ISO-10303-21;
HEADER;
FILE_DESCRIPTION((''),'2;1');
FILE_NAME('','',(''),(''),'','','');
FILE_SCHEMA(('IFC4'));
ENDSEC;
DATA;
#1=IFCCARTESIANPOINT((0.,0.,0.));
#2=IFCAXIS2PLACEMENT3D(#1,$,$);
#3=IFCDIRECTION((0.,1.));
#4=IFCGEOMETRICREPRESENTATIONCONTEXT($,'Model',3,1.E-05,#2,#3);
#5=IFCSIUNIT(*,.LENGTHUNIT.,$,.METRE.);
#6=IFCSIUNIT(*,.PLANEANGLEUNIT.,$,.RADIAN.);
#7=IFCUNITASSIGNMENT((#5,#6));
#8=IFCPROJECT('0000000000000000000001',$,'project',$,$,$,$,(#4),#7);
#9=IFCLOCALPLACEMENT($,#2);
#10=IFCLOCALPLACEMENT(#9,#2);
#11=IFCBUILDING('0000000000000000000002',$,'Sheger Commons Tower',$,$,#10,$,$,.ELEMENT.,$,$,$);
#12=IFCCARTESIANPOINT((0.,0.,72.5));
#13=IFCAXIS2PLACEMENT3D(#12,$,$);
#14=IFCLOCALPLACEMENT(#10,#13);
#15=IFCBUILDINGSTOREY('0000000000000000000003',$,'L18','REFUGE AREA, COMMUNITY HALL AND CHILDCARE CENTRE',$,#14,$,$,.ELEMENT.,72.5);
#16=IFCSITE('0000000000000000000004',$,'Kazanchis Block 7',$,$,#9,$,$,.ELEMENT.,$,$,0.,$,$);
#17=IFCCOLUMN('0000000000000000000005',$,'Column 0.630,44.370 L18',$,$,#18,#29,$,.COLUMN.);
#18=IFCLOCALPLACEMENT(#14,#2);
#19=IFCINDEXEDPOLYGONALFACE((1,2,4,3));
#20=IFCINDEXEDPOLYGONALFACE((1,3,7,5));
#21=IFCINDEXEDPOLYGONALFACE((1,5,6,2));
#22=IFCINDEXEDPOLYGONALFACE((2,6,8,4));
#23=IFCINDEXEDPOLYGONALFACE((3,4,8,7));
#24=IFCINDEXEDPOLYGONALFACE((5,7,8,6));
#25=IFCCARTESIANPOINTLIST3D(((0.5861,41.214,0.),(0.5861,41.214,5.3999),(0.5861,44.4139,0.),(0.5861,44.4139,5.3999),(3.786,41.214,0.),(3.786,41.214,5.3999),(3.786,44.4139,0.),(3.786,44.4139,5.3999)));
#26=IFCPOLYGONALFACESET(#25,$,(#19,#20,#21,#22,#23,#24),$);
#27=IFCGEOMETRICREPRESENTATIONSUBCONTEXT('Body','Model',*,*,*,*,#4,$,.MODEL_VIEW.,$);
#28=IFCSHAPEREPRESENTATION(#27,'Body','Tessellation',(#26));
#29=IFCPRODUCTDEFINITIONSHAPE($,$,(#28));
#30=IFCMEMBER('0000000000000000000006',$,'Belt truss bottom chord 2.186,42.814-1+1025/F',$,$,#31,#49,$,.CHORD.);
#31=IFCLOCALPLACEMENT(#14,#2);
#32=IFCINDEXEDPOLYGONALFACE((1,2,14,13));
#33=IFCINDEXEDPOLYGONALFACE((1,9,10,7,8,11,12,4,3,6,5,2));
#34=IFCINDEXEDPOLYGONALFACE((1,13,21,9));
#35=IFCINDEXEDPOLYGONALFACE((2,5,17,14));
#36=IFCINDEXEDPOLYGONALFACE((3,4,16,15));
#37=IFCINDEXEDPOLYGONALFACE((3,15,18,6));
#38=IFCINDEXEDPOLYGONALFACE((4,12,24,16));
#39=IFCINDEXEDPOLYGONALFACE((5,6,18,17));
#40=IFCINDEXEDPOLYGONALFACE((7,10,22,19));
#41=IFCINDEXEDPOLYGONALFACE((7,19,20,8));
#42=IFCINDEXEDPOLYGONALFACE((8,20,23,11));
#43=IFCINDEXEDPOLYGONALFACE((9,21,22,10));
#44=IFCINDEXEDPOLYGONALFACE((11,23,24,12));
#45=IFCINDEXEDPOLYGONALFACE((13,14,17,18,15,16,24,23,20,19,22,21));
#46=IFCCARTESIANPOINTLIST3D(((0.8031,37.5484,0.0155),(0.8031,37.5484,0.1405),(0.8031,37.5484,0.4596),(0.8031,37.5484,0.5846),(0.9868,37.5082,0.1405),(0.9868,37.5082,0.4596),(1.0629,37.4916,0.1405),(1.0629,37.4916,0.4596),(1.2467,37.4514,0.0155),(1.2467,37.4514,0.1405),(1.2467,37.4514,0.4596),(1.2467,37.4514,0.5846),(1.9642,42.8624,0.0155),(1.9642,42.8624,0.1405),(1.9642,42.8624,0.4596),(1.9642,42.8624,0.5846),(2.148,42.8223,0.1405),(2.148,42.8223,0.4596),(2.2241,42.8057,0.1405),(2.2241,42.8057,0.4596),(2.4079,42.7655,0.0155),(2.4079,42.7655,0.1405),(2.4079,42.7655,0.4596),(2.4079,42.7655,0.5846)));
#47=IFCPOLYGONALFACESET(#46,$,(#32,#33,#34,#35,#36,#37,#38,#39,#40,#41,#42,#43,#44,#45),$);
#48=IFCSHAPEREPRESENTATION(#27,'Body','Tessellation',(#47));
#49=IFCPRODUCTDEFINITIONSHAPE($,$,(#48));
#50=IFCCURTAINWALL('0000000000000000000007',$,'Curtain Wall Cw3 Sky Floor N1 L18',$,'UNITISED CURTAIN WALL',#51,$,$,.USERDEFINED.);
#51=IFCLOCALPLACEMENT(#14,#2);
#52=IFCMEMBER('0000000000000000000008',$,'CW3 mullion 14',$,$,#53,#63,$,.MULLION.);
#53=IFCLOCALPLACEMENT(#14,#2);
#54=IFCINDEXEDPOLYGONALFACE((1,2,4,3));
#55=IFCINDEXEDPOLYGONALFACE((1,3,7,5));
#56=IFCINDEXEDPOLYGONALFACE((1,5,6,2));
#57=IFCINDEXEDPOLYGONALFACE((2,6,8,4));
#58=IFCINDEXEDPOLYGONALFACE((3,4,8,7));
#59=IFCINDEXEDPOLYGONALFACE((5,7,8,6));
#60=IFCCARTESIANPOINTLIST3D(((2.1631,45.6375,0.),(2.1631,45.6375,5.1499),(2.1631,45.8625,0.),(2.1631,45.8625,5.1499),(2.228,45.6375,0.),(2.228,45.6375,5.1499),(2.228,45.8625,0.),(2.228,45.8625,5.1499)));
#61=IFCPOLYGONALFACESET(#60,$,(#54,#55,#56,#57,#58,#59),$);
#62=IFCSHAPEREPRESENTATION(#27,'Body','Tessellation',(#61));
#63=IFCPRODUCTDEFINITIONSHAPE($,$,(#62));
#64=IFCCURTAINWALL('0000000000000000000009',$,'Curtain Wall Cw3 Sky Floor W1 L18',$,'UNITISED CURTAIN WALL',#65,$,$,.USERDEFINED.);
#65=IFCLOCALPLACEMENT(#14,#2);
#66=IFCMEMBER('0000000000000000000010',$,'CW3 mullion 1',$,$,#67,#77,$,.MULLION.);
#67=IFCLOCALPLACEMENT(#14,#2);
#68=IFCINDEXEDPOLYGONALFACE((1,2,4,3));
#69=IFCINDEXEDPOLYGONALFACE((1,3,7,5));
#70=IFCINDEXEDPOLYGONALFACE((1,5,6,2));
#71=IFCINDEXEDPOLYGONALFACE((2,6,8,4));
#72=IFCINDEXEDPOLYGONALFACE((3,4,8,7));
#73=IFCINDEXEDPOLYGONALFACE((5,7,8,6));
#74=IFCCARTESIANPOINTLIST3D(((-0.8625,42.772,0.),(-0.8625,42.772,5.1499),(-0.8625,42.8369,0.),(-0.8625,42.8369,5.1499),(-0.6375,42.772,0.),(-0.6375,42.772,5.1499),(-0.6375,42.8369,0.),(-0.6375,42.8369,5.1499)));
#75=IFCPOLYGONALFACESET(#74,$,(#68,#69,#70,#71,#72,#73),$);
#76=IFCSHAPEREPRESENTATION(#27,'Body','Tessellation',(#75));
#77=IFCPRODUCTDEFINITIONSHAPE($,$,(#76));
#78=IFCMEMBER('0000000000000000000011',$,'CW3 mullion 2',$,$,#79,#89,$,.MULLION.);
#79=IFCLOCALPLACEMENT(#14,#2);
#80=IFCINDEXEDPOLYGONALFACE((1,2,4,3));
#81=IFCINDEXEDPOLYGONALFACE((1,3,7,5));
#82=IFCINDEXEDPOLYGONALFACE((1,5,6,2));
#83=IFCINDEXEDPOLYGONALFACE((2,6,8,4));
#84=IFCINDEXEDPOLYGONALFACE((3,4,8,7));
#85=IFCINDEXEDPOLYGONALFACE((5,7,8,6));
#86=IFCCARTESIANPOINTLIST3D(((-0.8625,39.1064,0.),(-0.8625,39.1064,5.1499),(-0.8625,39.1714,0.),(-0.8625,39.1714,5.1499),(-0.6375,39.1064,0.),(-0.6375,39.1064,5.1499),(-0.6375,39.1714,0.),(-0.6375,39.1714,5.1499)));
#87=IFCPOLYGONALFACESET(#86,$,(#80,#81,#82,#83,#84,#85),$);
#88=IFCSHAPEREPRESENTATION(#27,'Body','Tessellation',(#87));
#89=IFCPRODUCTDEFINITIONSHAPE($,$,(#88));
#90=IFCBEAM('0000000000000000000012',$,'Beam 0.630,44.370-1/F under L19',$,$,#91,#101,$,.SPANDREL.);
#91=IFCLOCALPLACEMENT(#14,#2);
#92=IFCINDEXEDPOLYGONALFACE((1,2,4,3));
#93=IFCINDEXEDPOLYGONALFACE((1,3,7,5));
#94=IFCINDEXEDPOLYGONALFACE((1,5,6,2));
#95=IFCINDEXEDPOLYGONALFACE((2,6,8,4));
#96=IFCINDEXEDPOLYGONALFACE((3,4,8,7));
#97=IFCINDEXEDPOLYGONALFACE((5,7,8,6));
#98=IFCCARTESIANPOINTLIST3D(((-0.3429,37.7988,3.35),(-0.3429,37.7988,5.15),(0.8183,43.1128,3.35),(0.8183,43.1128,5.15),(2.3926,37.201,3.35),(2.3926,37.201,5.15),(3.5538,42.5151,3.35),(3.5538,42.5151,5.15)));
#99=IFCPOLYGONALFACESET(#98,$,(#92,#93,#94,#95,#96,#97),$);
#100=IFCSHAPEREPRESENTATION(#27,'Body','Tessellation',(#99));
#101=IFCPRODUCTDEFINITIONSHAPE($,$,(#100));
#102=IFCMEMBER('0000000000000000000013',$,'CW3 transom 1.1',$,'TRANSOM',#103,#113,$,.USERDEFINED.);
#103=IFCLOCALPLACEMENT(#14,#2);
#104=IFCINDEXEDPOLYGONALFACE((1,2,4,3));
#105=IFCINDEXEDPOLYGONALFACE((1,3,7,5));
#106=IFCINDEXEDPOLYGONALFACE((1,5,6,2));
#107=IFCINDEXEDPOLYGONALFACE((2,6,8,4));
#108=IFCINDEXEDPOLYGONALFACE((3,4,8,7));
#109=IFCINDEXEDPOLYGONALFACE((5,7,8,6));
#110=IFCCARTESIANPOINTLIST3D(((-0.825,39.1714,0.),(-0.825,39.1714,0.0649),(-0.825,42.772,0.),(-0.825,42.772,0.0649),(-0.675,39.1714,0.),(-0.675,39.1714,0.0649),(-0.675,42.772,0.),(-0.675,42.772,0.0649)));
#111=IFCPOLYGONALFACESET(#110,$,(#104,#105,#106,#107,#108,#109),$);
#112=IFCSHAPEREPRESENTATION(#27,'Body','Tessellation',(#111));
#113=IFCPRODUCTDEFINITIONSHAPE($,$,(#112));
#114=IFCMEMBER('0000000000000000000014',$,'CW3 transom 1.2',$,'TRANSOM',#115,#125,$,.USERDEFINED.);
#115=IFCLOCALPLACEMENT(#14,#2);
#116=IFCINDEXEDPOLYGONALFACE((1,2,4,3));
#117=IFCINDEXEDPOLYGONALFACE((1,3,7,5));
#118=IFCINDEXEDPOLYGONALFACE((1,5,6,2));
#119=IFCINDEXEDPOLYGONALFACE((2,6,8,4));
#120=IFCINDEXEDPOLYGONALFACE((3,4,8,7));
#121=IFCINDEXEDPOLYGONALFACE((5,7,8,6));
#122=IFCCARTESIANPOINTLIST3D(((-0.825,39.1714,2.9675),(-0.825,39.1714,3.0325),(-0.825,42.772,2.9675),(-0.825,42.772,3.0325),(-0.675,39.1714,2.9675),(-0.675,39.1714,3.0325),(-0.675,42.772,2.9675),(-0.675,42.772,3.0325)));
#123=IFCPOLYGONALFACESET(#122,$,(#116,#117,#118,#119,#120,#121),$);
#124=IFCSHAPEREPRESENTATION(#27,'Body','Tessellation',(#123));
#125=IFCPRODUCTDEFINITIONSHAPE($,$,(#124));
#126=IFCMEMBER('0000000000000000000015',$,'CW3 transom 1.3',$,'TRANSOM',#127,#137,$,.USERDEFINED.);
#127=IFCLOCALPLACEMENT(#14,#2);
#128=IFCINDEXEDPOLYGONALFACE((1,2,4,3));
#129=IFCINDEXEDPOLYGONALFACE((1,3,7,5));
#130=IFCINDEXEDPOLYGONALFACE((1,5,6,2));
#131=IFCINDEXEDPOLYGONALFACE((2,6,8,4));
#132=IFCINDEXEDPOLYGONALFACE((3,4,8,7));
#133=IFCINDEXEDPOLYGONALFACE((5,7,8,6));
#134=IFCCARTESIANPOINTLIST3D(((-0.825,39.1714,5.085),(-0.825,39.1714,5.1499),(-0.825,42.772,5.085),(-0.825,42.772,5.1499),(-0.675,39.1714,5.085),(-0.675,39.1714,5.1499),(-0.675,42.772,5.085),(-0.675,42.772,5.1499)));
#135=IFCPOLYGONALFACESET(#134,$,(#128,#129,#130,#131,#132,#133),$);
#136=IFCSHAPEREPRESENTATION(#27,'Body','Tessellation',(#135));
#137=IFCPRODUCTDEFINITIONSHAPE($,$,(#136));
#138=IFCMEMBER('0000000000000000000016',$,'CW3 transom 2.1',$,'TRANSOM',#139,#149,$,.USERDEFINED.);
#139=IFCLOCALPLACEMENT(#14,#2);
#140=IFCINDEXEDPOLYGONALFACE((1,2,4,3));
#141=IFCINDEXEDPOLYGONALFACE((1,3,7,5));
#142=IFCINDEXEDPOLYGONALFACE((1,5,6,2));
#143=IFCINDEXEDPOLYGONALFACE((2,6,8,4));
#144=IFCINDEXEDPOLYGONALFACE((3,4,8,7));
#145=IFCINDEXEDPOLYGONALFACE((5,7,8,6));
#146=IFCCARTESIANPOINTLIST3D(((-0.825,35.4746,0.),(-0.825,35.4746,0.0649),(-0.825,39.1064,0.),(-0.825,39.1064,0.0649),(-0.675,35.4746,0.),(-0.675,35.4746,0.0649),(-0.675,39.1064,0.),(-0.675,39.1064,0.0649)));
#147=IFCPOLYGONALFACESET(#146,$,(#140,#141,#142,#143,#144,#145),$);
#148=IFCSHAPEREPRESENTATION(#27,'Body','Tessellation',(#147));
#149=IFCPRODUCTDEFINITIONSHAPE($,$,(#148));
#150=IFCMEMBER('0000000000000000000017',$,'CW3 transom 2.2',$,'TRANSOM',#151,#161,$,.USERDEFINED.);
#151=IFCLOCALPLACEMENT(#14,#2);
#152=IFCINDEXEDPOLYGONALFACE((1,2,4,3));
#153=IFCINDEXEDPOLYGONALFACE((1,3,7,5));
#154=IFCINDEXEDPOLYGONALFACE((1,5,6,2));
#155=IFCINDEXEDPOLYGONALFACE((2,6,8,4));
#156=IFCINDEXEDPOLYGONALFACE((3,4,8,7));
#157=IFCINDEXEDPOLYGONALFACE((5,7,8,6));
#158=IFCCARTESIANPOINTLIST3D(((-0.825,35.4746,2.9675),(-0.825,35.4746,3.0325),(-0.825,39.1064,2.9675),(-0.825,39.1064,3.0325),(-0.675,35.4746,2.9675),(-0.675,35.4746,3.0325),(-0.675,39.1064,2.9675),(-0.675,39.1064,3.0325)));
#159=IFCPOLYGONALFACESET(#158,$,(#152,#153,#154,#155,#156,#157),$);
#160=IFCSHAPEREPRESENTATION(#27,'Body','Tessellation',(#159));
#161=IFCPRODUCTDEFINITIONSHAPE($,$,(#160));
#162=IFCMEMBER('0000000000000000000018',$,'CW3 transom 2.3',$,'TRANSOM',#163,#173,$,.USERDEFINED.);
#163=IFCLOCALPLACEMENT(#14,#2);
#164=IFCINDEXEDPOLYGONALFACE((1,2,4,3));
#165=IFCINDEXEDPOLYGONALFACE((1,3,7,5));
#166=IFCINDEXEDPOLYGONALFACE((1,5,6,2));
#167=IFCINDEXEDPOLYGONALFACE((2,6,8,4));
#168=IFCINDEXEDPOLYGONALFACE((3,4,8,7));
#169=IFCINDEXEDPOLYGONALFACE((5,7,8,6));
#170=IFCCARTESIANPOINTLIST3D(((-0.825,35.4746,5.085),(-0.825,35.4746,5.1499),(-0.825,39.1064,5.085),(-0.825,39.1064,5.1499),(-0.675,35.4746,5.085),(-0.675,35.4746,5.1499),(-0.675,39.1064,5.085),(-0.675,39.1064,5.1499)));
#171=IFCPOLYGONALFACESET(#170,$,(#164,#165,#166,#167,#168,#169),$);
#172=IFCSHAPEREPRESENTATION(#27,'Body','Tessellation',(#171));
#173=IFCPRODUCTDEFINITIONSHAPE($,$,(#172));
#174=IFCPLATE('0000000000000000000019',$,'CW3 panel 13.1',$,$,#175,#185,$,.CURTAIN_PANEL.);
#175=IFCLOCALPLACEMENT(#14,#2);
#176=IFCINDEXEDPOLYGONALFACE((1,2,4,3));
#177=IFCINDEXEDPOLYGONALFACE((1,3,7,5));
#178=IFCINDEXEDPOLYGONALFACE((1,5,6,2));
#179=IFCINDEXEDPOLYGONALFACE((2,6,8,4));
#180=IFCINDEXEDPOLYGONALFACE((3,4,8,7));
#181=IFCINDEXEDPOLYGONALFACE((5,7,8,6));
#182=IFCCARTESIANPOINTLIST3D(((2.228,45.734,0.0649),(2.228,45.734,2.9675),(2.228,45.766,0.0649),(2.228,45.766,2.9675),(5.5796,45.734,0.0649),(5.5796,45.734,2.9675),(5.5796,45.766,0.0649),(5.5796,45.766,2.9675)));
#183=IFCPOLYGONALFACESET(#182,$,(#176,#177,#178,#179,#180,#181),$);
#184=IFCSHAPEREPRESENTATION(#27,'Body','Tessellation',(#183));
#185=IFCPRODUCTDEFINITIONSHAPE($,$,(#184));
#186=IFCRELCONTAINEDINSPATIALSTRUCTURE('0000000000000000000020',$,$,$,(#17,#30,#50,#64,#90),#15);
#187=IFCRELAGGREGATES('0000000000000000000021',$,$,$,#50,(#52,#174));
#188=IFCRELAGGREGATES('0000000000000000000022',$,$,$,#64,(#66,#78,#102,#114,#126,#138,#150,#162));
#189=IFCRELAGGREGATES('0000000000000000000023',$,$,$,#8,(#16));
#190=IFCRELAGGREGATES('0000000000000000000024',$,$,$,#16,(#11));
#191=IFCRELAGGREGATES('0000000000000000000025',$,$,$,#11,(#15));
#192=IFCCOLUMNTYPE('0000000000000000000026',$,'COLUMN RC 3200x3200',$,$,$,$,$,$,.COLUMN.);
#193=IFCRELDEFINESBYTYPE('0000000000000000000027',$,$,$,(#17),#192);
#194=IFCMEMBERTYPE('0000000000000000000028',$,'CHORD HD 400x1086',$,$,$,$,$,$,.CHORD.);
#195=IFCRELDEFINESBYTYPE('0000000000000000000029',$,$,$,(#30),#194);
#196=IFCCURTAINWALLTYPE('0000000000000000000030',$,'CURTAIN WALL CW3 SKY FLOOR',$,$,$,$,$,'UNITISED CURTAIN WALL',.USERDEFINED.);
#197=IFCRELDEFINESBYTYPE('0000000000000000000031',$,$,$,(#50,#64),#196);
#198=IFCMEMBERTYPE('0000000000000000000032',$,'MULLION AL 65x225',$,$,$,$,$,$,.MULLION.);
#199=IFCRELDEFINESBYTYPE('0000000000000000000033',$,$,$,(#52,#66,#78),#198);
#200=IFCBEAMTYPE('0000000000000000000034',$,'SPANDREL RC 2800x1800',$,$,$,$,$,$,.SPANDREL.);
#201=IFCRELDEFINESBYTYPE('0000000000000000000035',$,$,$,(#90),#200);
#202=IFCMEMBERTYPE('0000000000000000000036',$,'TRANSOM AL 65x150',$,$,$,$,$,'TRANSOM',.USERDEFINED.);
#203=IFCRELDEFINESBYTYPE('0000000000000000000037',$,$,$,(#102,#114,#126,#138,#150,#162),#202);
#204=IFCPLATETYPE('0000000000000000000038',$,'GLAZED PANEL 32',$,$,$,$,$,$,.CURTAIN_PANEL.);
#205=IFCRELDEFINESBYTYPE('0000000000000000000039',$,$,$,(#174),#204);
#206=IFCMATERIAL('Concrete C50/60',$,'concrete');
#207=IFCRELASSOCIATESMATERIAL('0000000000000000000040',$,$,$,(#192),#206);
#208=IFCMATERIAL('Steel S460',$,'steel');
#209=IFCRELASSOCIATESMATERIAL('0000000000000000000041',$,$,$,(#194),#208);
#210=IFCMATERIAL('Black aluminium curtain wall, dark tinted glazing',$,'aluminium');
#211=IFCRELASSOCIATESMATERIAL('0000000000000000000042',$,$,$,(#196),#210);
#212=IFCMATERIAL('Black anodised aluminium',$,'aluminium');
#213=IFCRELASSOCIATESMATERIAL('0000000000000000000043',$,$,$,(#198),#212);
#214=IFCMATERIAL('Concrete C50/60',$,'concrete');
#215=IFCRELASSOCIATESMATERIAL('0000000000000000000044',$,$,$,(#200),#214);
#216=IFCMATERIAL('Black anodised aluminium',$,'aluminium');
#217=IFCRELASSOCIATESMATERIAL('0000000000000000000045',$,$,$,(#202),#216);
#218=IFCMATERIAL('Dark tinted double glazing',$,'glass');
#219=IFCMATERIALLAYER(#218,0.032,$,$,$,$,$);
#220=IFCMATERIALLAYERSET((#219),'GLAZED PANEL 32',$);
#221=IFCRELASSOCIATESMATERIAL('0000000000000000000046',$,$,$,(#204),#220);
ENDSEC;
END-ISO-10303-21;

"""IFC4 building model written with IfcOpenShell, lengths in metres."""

from ifc_helpers import new_model, si_unit, direction, frame, origin, origin_2d, place, context, subcontext, project, spatial, rectangle, i_section, extrude, material, layer, layer_set, material_profile, profile_set, type_object, element, aggregate, save


model = new_model("IFC4")

# Units and contexts
model_context = context("Model", 3, precision=1e-05, world=origin(), true_north=direction((0.0, 1.0)))
body_context = subcontext(model_context, "Body", "Model", "MODEL_VIEW")
ifc_project = project(units=[si_unit("LENGTHUNIT", "METRE"), si_unit("PLANEANGLEUNIT", "RADIAN")], contexts=[model_context])

# Site, building, storey
site_placement = place(None, origin())
site = spatial("IfcSite", under=ifc_project, at=site_placement, Name="Kazanchis Block 7", CompositionType="ELEMENT", RefElevation=0.0)
building_placement = place(site_placement, origin())
building = spatial("IfcBuilding", under=site, at=building_placement, Name="Sheger Commons Tower", CompositionType="ELEMENT")
storey_placement = place(building_placement, frame((0.0, 0.0, 72.5)))
storey = spatial("IfcBuildingStorey", under=building, at=storey_placement, Name="L18", Description="REFUGE AREA, COMMUNITY HALL AND CHILDCARE CENTRE", CompositionType="ELEMENT", Elevation=72.5)

# Column
ifc_material_1 = material(Name="Concrete C50/60", Category="concrete")
ifc_material_profile_1 = material_profile(ifc_material_1, rectangle(XDim=3.2, YDim=3.2, at=origin_2d()), Name="RC 3200x3200")
ifc_profile_set_1 = profile_set([ifc_material_profile_1], Name="Concrete C50/60")
column_type = type_object("IfcColumnType", Name="COLUMN RC 3200x3200", PredefinedType="COLUMN", material=ifc_profile_set_1)
column_placement = place(storey_placement, frame((2.186, 42.814, 0.0), z_axis=(0.0, 0.0, 1.0), x_axis=(1.0, 0.0, 0.0)))
element("IfcColumn", 1, at=column_placement, inside=storey, type_object=column_type, Name="Column 0.630,44.370 L18", PredefinedType="COLUMN", context=body_context, shape_type="SweptSolid", body=[
    extrude(rectangle(XDim=3.2, YDim=3.2, at=origin_2d()), origin(), (0.0, 0.0, 1.0), 5.3999),
])

# Member
ifc_material_2 = material(Name="Steel S460", Category="steel")
ifc_material_profile_2 = material_profile(ifc_material_2, i_section(OverallWidth=0.4541, OverallDepth=0.5691, WebThickness=0.0779, FlangeThickness=0.125, at=origin_2d()), Name="HD 400x1086")
ifc_profile_set_2 = profile_set([ifc_material_profile_2], Name="Steel S460")
member_type_1 = type_object("IfcMemberType", Name="CHORD HD 400x1086", PredefinedType="CHORD", material=ifc_profile_set_2)
member_1_placement = place(storey_placement, frame((2.186, 42.814, 0.3), z_axis=(-0.213469, -0.97695, 0.0), x_axis=(0.97695, -0.213469, 0.0)))
element("IfcMember", 2, at=member_1_placement, inside=storey, type_object=member_type_1, Name="Belt truss bottom chord 2.186,42.814-1+1025/F", PredefinedType="CHORD", context=body_context, shape_type="SweptSolid", body=[
    extrude(i_section(OverallWidth=0.4541, OverallDepth=0.5691, WebThickness=0.0779, FlangeThickness=0.125, at=origin_2d()), origin(), (0.0, 0.0, 1.0), 5.4395),
])

# Curtain wall, member
ifc_material_3 = material(Name="Black aluminium curtain wall, dark tinted glazing", Category="aluminium")
curtain_wall_type = type_object("IfcCurtainWallType", Name="CURTAIN WALL CW3 SKY FLOOR", ElementType="UNITISED CURTAIN WALL", PredefinedType="USERDEFINED", material=ifc_material_3)
curtain_wall_1_placement = place(storey_placement, origin())
curtain_wall_1 = element("IfcCurtainWall", 3, at=curtain_wall_1_placement, inside=storey, type_object=curtain_wall_type, Name="Curtain Wall Cw3 Sky Floor N1 L18", ObjectType="UNITISED CURTAIN WALL", PredefinedType="USERDEFINED")
ifc_material_4 = material(Name="Black anodised aluminium", Category="aluminium")
ifc_material_profile_3 = material_profile(ifc_material_4, rectangle(XDim=0.2251, YDim=0.0649, at=origin_2d()), Name="AL 65x225")
ifc_profile_set_3 = profile_set([ifc_material_profile_3], Name="Black anodised aluminium")
member_type_2 = type_object("IfcMemberType", Name="MULLION AL 65x225", PredefinedType="MULLION", material=ifc_profile_set_3)
member_2_placement = place(storey_placement, frame((2.1956, 45.75, 0.0), z_axis=(0.0, 0.0, 1.0), x_axis=(0.0, -1.0, 0.0)))
member_2 = element("IfcMember", 4, at=member_2_placement, type_object=member_type_2, Name="CW3 mullion 14", PredefinedType="MULLION", context=body_context, shape_type="SweptSolid", body=[
    extrude(rectangle(XDim=0.2251, YDim=0.0649, at=origin_2d()), origin(), (0.0, 0.0, 1.0), 5.1499),
])

# Curtain wall, members
curtain_wall_2_placement = place(storey_placement, origin())
curtain_wall_2 = element("IfcCurtainWall", 5, at=curtain_wall_2_placement, inside=storey, type_object=curtain_wall_type, Name="Curtain Wall Cw3 Sky Floor W1 L18", ObjectType="UNITISED CURTAIN WALL", PredefinedType="USERDEFINED")
member_3_placement = place(storey_placement, frame((-0.75, 42.8044, 0.0), z_axis=(0.0, 0.0, 1.0), x_axis=(1.0, 0.0, 0.0)))
member_3 = element("IfcMember", 6, at=member_3_placement, type_object=member_type_2, Name="CW3 mullion 1", PredefinedType="MULLION", context=body_context, shape_type="SweptSolid", body=[
    extrude(rectangle(XDim=0.2251, YDim=0.0649, at=origin_2d()), origin(), (0.0, 0.0, 1.0), 5.1499),
])
member_4_placement = place(storey_placement, frame((-0.75, 39.1389, 0.0), z_axis=(0.0, 0.0, 1.0), x_axis=(1.0, 0.0, 0.0)))
member_4 = element("IfcMember", 7, at=member_4_placement, type_object=member_type_2, Name="CW3 mullion 2", PredefinedType="MULLION", context=body_context, shape_type="SweptSolid", body=[
    extrude(rectangle(XDim=0.2251, YDim=0.0649, at=origin_2d()), origin(), (0.0, 0.0, 1.0), 5.1499),
])

# Beam
ifc_material_5 = material(Name="Concrete C50/60", Category="concrete")
ifc_material_profile_4 = material_profile(ifc_material_5, rectangle(XDim=2.8, YDim=1.8, at=origin_2d()), Name="RC 2800x1800")
ifc_profile_set_4 = profile_set([ifc_material_profile_4], Name="Concrete C50/60")
beam_type = type_object("IfcBeamType", Name="SPANDREL RC 2800x1800", PredefinedType="SPANDREL", material=ifc_profile_set_4)
beam_placement = place(storey_placement, frame((2.186, 42.814, 4.25), z_axis=(-0.213469, -0.97695, 0.0), x_axis=(0.97695, -0.213469, 0.0)))
element("IfcBeam", 8, at=beam_placement, inside=storey, type_object=beam_type, Name="Beam 0.630,44.370-1/F under L19", PredefinedType="SPANDREL", context=body_context, shape_type="SweptSolid", body=[
    extrude(rectangle(XDim=2.8, YDim=1.8, at=origin_2d()), origin(), (0.0, 0.0, 1.0), 5.4395),
])

# Members
ifc_material_6 = material(Name="Black anodised aluminium", Category="aluminium")
ifc_material_profile_5 = material_profile(ifc_material_6, rectangle(XDim=0.1499, YDim=0.0649, at=origin_2d()), Name="AL 65x150")
ifc_profile_set_5 = profile_set([ifc_material_profile_5], Name="Black anodised aluminium")
member_type_3 = type_object("IfcMemberType", Name="TRANSOM AL 65x150", ElementType="TRANSOM", PredefinedType="USERDEFINED", material=ifc_profile_set_5)
member_5_placement = place(storey_placement, frame((-0.75, 42.772, 0.0325), z_axis=(0.0, -1.0, 0.0), x_axis=(1.0, 0.0, 0.0)))
member_5 = element("IfcMember", 9, at=member_5_placement, type_object=member_type_3, Name="CW3 transom 1.1", ObjectType="TRANSOM", PredefinedType="USERDEFINED", context=body_context, shape_type="SweptSolid", body=[
    extrude(rectangle(XDim=0.1499, YDim=0.0649, at=origin_2d()), origin(), (0.0, 0.0, 1.0), 3.6006),
])
member_6_placement = place(storey_placement, frame((-0.75, 42.772, 3.0), z_axis=(0.0, -1.0, 0.0), x_axis=(1.0, 0.0, 0.0)))
member_6 = element("IfcMember", 10, at=member_6_placement, type_object=member_type_3, Name="CW3 transom 1.2", ObjectType="TRANSOM", PredefinedType="USERDEFINED", context=body_context, shape_type="SweptSolid", body=[
    extrude(rectangle(XDim=0.1499, YDim=0.0649, at=origin_2d()), origin(), (0.0, 0.0, 1.0), 3.6006),
])
member_7_placement = place(storey_placement, frame((-0.75, 42.772, 5.1174), z_axis=(0.0, -1.0, 0.0), x_axis=(1.0, 0.0, 0.0)))
member_7 = element("IfcMember", 11, at=member_7_placement, type_object=member_type_3, Name="CW3 transom 1.3", ObjectType="TRANSOM", PredefinedType="USERDEFINED", context=body_context, shape_type="SweptSolid", body=[
    extrude(rectangle(XDim=0.1499, YDim=0.0649, at=origin_2d()), origin(), (0.0, 0.0, 1.0), 3.6006),
])
member_8_placement = place(storey_placement, frame((-0.75, 39.1064, 0.0325), z_axis=(0.0, -1.0, 0.0), x_axis=(1.0, 0.0, 0.0)))
member_8 = element("IfcMember", 12, at=member_8_placement, type_object=member_type_3, Name="CW3 transom 2.1", ObjectType="TRANSOM", PredefinedType="USERDEFINED", context=body_context, shape_type="SweptSolid", body=[
    extrude(rectangle(XDim=0.1499, YDim=0.0649, at=origin_2d()), origin(), (0.0, 0.0, 1.0), 3.6318),
])
member_9_placement = place(storey_placement, frame((-0.75, 39.1064, 3.0), z_axis=(0.0, -1.0, 0.0), x_axis=(1.0, 0.0, 0.0)))
member_9 = element("IfcMember", 13, at=member_9_placement, type_object=member_type_3, Name="CW3 transom 2.2", ObjectType="TRANSOM", PredefinedType="USERDEFINED", context=body_context, shape_type="SweptSolid", body=[
    extrude(rectangle(XDim=0.1499, YDim=0.0649, at=origin_2d()), origin(), (0.0, 0.0, 1.0), 3.6318),
])
member_10_placement = place(storey_placement, frame((-0.75, 39.1064, 5.1174), z_axis=(0.0, -1.0, 0.0), x_axis=(1.0, 0.0, 0.0)))
member_10 = element("IfcMember", 14, at=member_10_placement, type_object=member_type_3, Name="CW3 transom 2.3", ObjectType="TRANSOM", PredefinedType="USERDEFINED", context=body_context, shape_type="SweptSolid", body=[
    extrude(rectangle(XDim=0.1499, YDim=0.0649, at=origin_2d()), origin(), (0.0, 0.0, 1.0), 3.6318),
])

# Plate
ifc_material_7 = material(Name="Dark tinted double glazing", Category="glass")
ifc_layer_1 = layer(ifc_material_7, 0.032)
ifc_layer_set_1 = layer_set([ifc_layer_1], Name="GLAZED PANEL 32")
plate_type_1 = type_object("IfcPlateType", Name="GLAZED PANEL 32", PredefinedType="CURTAIN_PANEL", material=ifc_layer_set_1)
plate_1_placement = place(storey_placement, frame((3.9038, 45.75, 0.0649), z_axis=(0.0, 0.0, 1.0), x_axis=(-1.0, 0.0, 0.0)))
plate_1 = element("IfcPlate", 15, at=plate_1_placement, type_object=plate_type_1, Name="CW3 panel 13.1", PredefinedType="CURTAIN_PANEL", context=body_context, shape_type="SweptSolid", body=[
    extrude(rectangle(XDim=3.3516, YDim=0.032, at=origin_2d()), origin(), (0.0, 0.0, 1.0), 2.9026),
])
aggregate(curtain_wall_1, [member_2, plate_1])
aggregate(curtain_wall_2, [member_3, member_4, member_5, member_6, member_7, member_8, member_9, member_10])

save(model, "model.ifc")
